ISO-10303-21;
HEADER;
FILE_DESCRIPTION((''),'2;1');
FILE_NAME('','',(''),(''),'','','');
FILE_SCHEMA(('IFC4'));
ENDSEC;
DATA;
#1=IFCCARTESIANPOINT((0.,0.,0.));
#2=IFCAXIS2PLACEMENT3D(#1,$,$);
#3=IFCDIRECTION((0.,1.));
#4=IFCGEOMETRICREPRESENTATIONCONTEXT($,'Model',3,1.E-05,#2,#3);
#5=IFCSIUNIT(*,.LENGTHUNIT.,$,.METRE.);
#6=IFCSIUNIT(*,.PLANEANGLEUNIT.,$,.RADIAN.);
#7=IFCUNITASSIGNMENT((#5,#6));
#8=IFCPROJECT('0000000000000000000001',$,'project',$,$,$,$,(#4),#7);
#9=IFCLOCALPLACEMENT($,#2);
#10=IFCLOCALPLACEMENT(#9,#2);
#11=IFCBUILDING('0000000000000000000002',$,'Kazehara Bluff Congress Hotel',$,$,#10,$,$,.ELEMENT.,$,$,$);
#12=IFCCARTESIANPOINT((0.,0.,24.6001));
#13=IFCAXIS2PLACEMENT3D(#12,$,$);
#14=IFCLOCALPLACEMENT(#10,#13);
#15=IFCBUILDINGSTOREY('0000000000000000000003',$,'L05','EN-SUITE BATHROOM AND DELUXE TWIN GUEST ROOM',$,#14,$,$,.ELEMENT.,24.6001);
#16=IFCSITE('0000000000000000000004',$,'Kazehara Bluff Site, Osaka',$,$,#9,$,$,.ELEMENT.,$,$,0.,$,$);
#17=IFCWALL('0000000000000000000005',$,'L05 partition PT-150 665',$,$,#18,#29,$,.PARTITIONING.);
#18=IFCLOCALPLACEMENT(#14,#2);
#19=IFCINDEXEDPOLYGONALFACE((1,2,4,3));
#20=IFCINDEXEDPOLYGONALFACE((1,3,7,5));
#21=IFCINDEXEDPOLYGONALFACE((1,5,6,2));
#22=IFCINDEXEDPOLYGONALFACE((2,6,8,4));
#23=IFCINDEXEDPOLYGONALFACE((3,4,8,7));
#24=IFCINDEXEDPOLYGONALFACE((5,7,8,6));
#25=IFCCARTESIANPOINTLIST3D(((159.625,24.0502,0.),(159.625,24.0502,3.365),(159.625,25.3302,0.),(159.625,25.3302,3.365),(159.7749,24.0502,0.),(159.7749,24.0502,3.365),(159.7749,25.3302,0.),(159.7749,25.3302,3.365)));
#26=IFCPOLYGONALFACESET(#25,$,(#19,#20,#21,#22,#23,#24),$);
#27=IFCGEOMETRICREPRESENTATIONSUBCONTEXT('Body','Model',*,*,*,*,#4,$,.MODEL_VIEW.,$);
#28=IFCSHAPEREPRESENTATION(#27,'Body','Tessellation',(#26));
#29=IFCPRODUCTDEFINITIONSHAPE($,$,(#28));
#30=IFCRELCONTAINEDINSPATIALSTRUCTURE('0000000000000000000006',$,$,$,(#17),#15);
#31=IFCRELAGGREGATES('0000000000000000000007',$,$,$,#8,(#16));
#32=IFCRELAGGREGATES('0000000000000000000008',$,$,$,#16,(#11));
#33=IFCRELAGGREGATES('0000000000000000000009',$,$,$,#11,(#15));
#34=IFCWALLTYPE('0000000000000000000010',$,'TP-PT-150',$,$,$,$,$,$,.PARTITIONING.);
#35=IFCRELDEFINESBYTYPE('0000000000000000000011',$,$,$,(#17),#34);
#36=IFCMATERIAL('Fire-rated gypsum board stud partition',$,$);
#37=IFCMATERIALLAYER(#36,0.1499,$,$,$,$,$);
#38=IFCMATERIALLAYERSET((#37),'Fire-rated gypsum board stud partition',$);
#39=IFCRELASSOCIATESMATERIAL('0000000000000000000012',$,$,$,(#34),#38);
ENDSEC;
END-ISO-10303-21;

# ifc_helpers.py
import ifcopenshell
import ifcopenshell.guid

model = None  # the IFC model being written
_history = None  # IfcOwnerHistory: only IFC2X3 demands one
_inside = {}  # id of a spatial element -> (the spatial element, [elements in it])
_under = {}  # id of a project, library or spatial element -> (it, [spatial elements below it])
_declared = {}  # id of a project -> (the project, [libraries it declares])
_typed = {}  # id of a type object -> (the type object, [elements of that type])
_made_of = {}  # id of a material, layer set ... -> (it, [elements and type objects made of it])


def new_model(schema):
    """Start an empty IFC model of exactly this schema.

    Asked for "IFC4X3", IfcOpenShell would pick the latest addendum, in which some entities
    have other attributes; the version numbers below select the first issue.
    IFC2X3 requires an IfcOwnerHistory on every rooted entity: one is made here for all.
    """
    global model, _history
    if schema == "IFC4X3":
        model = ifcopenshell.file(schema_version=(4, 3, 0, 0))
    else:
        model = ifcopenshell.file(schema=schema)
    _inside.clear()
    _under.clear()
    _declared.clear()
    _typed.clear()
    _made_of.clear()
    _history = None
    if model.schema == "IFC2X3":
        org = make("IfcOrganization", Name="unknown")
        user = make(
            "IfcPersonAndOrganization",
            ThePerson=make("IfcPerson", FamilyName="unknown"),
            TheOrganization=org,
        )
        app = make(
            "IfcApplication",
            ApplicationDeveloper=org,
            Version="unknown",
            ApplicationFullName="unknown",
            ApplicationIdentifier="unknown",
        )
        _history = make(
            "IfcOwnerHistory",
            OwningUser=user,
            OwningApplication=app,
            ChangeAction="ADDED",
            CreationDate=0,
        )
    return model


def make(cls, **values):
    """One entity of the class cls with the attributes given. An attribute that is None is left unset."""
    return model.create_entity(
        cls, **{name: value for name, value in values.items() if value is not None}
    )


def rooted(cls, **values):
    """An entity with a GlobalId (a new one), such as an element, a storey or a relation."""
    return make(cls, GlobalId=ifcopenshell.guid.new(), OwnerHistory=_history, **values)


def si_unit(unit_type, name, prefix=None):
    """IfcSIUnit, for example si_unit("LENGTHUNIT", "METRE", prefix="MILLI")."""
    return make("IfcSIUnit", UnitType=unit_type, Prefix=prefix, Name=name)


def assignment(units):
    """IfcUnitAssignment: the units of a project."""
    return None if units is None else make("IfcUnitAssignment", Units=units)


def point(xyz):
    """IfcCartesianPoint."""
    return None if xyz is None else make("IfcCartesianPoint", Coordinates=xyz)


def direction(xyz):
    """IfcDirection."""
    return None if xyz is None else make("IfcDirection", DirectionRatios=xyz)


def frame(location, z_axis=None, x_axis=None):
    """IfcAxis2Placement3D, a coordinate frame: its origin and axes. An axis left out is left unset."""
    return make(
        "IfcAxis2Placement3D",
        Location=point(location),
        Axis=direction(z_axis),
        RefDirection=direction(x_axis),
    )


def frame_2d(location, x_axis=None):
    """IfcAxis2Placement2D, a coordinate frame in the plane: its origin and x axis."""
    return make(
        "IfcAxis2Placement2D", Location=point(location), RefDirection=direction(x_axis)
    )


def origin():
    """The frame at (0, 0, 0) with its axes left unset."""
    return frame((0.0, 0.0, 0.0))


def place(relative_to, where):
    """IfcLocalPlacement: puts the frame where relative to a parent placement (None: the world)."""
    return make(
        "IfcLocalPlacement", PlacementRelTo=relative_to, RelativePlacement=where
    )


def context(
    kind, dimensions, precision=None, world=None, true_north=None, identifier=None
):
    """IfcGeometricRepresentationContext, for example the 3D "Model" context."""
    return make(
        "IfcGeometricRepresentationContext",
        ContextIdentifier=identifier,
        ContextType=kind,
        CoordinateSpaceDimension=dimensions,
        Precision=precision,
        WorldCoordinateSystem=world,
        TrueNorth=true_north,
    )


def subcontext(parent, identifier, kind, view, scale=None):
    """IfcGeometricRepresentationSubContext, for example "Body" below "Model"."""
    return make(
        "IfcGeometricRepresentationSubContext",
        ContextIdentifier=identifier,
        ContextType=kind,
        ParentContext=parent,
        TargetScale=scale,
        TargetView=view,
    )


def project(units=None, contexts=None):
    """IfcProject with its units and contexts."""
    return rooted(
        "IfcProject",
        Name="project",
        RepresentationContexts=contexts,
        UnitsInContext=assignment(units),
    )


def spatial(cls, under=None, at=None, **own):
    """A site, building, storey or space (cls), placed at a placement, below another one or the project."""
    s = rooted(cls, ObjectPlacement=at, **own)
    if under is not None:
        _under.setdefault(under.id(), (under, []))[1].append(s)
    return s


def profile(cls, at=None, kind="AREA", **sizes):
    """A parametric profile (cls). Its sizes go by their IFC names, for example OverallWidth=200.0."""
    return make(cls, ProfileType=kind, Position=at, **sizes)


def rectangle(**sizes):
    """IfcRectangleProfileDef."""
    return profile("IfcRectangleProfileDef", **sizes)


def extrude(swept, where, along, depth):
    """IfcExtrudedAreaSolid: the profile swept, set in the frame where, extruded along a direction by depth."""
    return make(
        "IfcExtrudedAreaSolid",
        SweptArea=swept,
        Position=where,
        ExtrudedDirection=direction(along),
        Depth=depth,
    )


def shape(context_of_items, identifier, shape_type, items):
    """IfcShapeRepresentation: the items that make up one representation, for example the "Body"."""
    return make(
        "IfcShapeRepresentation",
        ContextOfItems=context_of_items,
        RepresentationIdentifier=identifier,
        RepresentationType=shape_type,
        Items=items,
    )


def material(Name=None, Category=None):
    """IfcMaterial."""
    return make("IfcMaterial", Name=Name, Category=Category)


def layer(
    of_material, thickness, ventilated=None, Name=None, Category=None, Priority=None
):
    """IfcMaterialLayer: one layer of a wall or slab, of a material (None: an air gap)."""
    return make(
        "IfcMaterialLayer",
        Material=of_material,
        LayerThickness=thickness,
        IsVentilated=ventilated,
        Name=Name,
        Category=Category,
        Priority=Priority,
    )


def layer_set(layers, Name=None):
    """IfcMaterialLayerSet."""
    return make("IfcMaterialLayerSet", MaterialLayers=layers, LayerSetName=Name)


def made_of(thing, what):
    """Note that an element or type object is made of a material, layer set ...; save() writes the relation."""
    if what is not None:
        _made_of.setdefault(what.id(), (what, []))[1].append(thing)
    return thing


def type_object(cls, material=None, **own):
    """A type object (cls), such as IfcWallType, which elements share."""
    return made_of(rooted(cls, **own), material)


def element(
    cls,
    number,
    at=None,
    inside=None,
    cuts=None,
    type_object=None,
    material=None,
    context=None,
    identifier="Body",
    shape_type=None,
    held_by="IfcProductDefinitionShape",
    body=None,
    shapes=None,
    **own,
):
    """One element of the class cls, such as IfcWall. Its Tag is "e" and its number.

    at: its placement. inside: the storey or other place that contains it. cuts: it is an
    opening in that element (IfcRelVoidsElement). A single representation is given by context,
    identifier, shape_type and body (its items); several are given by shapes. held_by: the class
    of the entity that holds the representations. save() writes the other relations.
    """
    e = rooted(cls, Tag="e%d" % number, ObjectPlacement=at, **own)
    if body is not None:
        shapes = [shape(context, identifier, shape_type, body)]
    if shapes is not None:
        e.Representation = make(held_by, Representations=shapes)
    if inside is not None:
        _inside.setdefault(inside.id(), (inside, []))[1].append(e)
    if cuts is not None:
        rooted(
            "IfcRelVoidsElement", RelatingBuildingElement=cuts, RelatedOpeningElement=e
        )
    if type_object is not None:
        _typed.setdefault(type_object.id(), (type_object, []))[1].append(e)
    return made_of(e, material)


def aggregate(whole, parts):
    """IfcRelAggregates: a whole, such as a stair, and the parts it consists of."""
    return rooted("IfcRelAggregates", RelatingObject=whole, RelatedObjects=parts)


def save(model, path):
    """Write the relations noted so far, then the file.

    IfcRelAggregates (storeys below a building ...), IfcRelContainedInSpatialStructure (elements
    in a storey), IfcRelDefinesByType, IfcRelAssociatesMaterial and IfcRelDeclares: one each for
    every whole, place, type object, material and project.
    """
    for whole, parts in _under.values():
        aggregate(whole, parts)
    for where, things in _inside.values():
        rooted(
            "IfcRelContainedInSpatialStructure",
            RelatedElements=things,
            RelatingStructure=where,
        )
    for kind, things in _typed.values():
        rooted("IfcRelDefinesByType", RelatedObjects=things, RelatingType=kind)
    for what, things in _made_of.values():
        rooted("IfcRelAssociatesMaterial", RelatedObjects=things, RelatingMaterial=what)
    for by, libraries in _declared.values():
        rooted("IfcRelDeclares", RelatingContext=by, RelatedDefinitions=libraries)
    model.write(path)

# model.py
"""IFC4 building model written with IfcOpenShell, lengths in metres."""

from ifc_helpers import new_model, si_unit, direction, frame, frame_2d, origin, place, context, subcontext, project, spatial, rectangle, extrude, material, layer, layer_set, type_object, element, save


model = new_model("IFC4")

# Units and contexts
model_context = context("Model", 3, precision=1e-05, world=origin(), true_north=direction((0.0, 1.0)))
body_context = subcontext(model_context, "Body", "Model", "MODEL_VIEW")
ifc_project = project(units=[si_unit("LENGTHUNIT", "METRE"), si_unit("PLANEANGLEUNIT", "RADIAN")], contexts=[model_context])

# Site, building, storey
site_placement = place(None, origin())
site = spatial("IfcSite", under=ifc_project, at=site_placement, Name="Kazehara Bluff Site, Osaka", CompositionType="ELEMENT", RefElevation=0.0)
building_placement = place(site_placement, origin())
building = spatial("IfcBuilding", under=site, at=building_placement, Name="Kazehara Bluff Congress Hotel", CompositionType="ELEMENT")
storey_placement = place(building_placement, frame((0.0, 0.0, 24.6001)))
storey = spatial("IfcBuildingStorey", under=building, at=storey_placement, Name="L05", Description="EN-SUITE BATHROOM AND DELUXE TWIN GUEST ROOM", CompositionType="ELEMENT", Elevation=24.6001)

# Wall
ifc_material_1 = material(Name="Fire-rated gypsum board stud partition")
ifc_layer_1 = layer(ifc_material_1, 0.1499)
ifc_layer_set_1 = layer_set([ifc_layer_1], Name="Fire-rated gypsum board stud partition")
wall_type_1 = type_object("IfcWallType", Name="TP-PT-150", PredefinedType="PARTITIONING", material=ifc_layer_set_1)
wall_1_placement = place(storey_placement, frame((159.7, 24.05, 0.0), z_axis=(0.0, 0.0, 1.0), x_axis=(0.0, 1.0, 0.0)))
element("IfcWall", 1, at=wall_1_placement, inside=storey, type_object=wall_type_1, Name="L05 partition PT-150 665", PredefinedType="PARTITIONING", context=body_context, shape_type="SweptSolid", body=[
    extrude(rectangle(XDim=1.28, YDim=0.1499, at=frame_2d((0.6401, 0.0))), origin(), (0.0, 0.0, 1.0), 3.365),
])

save(model, "model.ifc")
